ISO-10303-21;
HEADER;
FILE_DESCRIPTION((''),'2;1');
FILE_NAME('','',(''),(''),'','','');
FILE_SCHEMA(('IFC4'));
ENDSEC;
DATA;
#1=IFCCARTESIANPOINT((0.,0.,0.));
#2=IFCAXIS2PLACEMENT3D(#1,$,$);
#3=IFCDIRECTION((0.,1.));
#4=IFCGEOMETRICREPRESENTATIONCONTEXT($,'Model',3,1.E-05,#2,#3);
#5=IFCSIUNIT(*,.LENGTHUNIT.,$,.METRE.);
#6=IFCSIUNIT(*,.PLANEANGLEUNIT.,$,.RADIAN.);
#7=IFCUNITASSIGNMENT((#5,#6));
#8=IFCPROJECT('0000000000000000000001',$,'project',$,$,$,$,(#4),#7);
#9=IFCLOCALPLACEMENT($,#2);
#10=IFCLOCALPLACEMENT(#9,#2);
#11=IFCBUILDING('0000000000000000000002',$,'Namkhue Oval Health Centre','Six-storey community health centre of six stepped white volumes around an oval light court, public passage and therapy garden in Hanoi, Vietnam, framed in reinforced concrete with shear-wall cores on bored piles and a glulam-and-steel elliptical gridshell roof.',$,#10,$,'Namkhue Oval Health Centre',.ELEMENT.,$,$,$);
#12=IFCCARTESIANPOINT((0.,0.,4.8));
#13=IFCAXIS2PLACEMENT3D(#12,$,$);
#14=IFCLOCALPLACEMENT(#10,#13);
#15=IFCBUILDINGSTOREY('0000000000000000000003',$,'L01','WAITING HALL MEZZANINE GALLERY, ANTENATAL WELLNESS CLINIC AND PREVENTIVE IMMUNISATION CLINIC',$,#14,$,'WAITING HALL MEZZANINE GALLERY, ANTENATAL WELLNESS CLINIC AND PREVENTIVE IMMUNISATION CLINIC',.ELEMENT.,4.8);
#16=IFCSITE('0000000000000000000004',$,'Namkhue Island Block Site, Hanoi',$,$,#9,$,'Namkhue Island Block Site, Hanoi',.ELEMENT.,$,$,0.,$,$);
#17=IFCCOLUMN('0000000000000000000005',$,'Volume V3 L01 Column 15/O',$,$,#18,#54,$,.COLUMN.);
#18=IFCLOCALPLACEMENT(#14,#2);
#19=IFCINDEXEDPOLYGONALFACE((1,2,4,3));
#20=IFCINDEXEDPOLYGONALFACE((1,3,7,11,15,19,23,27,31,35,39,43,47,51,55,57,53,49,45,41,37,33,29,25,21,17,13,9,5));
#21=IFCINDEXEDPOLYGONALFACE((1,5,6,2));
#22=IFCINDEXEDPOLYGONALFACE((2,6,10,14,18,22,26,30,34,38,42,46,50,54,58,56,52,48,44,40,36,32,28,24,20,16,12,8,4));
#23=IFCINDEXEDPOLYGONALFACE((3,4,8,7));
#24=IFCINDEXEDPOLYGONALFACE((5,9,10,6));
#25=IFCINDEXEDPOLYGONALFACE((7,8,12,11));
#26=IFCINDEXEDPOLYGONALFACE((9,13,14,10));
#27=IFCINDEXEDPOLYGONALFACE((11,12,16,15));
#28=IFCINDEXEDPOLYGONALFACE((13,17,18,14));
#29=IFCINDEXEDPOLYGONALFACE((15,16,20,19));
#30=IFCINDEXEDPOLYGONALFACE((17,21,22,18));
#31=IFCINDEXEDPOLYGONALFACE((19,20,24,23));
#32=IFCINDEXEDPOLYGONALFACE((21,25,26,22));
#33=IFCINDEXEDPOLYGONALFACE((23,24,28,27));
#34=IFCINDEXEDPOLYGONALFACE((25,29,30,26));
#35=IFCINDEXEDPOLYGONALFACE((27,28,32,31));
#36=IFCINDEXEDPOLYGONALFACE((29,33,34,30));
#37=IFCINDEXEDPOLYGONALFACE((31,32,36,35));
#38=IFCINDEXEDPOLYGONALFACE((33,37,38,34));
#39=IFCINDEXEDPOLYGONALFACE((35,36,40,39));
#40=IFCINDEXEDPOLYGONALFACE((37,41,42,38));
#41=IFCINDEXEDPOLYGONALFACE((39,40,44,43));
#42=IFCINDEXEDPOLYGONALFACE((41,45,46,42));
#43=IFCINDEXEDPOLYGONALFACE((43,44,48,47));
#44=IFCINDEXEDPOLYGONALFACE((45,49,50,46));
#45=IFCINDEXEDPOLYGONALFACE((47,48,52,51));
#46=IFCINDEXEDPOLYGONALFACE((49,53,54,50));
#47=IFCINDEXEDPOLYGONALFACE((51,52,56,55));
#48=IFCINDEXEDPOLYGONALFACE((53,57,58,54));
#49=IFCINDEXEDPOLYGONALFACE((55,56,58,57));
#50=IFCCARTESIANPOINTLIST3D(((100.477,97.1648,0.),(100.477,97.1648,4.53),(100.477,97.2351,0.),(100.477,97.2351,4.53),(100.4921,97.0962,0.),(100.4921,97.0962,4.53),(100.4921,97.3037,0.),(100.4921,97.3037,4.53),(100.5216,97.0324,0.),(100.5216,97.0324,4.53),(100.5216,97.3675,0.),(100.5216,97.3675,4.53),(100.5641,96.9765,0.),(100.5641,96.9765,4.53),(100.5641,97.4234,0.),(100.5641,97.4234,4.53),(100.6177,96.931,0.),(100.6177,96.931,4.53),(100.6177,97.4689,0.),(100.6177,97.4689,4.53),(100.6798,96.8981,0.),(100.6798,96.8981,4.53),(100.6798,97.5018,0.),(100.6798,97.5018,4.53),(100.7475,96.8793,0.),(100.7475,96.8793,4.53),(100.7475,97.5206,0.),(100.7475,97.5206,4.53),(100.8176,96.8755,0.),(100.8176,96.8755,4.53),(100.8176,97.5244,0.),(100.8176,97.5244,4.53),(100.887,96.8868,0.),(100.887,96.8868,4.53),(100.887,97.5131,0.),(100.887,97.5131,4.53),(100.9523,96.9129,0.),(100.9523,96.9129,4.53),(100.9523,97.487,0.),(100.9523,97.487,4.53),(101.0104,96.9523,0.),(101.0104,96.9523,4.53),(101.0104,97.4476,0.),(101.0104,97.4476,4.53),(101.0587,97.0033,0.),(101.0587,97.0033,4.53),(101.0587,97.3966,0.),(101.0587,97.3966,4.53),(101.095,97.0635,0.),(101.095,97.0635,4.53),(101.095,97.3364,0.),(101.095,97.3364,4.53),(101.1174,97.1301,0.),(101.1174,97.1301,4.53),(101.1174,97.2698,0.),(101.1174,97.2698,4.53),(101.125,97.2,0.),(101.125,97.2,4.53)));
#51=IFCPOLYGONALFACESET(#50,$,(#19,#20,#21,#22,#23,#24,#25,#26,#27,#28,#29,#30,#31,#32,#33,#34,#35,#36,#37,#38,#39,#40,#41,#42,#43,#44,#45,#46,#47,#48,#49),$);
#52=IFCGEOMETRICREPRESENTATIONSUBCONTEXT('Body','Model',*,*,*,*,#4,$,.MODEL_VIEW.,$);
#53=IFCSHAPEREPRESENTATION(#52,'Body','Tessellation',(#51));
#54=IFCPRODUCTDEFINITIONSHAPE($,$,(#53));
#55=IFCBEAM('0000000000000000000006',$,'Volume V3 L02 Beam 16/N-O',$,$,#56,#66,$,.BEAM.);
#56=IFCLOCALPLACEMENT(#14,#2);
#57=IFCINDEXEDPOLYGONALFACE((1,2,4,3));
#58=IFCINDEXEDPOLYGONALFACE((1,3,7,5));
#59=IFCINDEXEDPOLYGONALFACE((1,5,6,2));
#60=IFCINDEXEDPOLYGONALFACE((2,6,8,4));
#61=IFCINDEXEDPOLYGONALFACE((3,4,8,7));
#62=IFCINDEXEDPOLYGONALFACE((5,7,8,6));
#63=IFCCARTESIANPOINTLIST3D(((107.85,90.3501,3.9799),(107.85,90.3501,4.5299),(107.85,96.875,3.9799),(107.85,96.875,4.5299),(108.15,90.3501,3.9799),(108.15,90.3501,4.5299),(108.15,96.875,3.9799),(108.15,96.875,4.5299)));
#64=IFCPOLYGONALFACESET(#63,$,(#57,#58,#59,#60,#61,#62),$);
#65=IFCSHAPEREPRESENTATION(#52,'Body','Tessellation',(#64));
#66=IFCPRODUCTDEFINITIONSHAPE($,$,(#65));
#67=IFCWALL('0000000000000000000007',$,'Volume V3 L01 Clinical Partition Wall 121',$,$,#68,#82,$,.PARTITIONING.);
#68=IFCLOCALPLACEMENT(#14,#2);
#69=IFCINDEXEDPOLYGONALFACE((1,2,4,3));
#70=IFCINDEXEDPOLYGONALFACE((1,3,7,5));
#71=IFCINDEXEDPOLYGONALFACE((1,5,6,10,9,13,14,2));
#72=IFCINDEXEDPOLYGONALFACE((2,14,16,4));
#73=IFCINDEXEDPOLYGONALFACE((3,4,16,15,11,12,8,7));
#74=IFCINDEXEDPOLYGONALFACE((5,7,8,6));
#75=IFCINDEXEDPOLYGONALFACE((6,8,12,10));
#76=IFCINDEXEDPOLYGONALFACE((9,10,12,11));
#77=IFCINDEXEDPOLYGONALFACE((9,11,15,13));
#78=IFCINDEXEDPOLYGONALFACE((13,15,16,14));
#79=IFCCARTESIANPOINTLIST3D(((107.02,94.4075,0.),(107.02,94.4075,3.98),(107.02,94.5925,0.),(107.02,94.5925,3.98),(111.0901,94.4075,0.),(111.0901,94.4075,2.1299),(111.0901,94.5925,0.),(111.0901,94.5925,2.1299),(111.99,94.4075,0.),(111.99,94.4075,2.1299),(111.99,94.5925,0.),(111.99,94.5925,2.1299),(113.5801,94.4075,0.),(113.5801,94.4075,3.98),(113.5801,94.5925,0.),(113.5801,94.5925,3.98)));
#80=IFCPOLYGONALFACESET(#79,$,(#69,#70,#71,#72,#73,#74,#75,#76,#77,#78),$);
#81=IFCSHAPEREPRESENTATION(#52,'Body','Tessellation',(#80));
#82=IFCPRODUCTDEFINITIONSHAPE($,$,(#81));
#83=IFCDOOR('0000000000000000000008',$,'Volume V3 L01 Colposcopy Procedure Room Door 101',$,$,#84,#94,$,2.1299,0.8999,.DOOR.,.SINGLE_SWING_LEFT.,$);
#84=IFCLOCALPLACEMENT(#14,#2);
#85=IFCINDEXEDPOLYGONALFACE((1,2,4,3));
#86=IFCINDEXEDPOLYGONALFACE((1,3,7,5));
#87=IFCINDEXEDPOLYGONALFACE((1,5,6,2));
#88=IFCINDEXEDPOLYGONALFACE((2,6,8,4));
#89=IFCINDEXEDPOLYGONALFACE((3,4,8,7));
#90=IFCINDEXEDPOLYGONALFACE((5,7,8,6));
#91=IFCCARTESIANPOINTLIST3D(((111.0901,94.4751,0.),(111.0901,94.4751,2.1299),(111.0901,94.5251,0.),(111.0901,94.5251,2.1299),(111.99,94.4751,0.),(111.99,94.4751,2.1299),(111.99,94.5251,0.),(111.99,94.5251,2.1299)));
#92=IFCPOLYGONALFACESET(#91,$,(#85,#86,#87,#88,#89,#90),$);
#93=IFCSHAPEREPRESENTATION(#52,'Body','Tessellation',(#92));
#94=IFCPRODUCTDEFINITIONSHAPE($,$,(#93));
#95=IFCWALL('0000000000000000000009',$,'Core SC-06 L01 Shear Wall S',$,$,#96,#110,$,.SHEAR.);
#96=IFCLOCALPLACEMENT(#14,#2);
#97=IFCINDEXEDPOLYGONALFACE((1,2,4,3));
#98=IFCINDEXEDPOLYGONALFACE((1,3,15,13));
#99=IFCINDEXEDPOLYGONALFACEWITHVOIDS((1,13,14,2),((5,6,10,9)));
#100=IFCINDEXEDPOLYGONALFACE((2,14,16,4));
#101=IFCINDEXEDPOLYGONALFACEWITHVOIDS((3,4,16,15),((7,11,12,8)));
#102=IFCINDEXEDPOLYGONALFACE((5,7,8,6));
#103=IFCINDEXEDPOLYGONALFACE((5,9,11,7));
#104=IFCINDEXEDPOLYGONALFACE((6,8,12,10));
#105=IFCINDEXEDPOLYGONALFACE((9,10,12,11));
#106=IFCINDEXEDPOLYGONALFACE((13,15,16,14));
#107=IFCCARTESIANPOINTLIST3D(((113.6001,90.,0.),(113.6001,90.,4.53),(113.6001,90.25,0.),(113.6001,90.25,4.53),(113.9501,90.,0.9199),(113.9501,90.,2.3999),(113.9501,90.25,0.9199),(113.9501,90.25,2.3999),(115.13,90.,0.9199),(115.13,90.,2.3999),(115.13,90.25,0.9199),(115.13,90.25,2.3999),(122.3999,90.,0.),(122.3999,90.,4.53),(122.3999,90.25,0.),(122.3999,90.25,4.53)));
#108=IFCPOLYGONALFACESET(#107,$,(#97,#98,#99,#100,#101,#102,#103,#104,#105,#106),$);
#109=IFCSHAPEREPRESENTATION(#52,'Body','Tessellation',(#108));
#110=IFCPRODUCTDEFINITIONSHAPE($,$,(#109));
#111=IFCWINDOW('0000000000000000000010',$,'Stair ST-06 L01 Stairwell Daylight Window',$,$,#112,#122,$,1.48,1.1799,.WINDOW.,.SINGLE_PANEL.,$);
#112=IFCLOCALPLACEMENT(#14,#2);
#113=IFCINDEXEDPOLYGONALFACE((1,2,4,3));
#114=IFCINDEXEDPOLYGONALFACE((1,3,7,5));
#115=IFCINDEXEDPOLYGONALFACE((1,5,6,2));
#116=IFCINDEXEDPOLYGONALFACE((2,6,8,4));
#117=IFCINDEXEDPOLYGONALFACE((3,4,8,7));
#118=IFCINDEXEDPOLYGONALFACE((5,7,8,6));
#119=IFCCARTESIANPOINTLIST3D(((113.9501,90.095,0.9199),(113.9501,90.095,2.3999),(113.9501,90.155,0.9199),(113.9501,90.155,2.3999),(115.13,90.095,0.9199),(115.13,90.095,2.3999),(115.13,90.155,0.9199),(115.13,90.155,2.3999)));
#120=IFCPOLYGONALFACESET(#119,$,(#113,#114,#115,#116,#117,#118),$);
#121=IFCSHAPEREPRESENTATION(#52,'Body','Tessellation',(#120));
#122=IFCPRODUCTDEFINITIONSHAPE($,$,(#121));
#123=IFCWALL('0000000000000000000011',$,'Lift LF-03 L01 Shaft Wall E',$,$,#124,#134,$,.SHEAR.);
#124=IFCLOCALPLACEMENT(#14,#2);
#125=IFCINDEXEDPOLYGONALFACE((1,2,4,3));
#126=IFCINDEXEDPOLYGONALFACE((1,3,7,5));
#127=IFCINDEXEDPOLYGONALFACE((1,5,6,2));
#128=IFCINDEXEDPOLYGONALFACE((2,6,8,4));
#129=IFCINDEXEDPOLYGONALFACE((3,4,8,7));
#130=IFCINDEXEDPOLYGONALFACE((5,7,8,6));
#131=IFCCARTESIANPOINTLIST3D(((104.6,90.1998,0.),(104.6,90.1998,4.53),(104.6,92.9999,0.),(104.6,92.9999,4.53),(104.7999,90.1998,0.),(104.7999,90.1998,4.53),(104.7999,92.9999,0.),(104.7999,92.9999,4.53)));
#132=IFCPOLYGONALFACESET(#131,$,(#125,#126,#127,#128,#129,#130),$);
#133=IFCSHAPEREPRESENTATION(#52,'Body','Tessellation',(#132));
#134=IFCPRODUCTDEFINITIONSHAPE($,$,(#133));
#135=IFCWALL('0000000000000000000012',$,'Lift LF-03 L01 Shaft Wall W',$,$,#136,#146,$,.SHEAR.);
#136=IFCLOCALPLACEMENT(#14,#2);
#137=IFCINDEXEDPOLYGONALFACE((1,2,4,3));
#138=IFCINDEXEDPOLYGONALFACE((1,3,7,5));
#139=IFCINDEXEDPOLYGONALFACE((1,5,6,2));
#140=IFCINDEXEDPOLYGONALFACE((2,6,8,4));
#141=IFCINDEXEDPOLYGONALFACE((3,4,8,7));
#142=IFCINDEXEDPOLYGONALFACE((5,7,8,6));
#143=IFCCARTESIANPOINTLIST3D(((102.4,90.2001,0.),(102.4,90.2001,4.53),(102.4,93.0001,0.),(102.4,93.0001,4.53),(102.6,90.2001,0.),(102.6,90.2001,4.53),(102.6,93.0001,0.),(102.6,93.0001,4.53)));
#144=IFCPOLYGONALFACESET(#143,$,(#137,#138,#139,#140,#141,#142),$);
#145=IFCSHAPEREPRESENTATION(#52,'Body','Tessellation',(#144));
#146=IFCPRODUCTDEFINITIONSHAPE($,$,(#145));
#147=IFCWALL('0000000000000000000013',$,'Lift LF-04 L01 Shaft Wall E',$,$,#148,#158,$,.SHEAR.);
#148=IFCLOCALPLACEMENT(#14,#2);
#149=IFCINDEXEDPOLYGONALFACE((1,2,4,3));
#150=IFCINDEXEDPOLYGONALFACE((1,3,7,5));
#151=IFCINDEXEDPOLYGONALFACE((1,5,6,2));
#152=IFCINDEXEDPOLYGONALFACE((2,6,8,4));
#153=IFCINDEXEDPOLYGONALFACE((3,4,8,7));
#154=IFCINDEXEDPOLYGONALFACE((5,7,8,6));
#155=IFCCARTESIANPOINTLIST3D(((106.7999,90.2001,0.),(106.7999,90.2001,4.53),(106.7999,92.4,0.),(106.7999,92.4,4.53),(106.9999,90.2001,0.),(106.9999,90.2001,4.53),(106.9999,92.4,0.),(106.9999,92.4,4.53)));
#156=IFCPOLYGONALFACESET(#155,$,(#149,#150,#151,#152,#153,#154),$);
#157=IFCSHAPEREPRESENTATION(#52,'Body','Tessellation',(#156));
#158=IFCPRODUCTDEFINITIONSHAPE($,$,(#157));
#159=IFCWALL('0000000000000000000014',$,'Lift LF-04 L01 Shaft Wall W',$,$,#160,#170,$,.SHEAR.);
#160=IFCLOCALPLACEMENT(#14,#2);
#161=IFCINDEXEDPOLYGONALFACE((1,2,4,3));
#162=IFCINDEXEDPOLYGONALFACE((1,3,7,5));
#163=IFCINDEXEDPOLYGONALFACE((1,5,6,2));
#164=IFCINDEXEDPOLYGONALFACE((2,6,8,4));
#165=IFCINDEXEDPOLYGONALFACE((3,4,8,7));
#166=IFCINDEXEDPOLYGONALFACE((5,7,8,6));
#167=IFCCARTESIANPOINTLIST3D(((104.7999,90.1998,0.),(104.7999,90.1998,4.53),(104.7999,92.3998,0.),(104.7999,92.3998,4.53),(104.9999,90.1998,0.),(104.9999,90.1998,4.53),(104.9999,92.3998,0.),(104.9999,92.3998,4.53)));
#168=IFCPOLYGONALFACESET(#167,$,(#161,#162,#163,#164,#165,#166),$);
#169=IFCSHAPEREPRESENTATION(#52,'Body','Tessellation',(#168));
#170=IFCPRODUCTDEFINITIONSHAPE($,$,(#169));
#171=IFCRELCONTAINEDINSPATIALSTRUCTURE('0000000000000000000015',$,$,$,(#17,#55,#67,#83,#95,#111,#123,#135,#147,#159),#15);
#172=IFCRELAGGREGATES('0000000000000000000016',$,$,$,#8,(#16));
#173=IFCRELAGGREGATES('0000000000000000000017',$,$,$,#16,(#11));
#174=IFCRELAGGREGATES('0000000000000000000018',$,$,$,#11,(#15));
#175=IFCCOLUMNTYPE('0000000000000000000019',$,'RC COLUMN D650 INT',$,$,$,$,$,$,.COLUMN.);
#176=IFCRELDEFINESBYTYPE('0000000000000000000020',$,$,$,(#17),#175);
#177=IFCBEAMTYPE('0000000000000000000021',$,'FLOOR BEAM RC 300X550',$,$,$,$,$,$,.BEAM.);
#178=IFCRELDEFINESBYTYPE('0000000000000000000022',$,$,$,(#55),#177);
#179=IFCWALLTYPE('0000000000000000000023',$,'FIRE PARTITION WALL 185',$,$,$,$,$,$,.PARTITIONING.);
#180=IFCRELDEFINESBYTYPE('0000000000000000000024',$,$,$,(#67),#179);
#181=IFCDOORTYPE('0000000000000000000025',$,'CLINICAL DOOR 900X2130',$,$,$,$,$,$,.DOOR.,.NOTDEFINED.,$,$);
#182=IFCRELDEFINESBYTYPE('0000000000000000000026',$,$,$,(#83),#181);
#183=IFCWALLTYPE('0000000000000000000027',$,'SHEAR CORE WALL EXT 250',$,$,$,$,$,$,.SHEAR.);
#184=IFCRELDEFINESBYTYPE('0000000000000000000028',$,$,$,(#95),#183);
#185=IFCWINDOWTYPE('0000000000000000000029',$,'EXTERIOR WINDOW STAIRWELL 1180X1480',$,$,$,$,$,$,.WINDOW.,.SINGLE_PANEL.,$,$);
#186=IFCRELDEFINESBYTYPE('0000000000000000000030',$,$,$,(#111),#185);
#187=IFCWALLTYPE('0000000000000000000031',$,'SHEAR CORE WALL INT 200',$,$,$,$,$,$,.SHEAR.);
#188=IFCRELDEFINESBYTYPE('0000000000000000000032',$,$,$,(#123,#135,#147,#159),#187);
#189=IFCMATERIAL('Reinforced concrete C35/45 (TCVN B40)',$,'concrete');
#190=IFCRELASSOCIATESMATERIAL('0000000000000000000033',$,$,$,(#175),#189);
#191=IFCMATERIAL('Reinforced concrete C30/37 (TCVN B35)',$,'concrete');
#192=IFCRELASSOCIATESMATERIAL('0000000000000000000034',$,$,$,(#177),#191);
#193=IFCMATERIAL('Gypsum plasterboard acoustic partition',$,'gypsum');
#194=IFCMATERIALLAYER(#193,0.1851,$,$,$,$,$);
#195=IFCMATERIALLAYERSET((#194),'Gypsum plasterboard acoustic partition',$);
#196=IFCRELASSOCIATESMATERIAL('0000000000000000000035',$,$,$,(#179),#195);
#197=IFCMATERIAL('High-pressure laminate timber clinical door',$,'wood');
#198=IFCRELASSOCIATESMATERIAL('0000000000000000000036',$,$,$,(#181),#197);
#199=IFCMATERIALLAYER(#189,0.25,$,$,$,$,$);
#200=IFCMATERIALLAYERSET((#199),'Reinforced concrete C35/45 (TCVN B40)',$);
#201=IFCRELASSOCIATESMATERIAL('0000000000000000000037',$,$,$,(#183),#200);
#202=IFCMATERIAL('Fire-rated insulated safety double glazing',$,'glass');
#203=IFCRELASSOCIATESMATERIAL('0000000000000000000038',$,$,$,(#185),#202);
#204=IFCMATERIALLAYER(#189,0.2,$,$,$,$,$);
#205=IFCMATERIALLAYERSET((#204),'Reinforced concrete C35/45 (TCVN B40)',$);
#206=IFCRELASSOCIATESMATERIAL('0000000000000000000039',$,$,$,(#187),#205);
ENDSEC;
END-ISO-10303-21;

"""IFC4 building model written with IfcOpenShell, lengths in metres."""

from ifc_helpers import new_model, si_unit, direction, frame, frame_2d, origin, origin_2d, place, context, subcontext, project, spatial, rectangle, circle, extrude, material, layer, layer_set, material_profile, profile_set, type_object, element, fill, save


model = new_model("IFC4")

# Units and contexts
model_context = context("Model", 3, precision=1e-05, world=origin(), true_north=direction((0.0, 1.0)))
body_context = subcontext(model_context, "Body", "Model", "MODEL_VIEW")
ifc_project = project(units=[si_unit("LENGTHUNIT", "METRE"), si_unit("PLANEANGLEUNIT", "RADIAN")], contexts=[model_context])

# Site, building, storey
site_placement = place(None, origin())
site = spatial("IfcSite", under=ifc_project, at=site_placement, Name="Namkhue Island Block Site, Hanoi", LongName="Namkhue Island Block Site, Hanoi", CompositionType="ELEMENT", RefElevation=0.0)
building_placement = place(site_placement, origin())
building = spatial("IfcBuilding", under=site, at=building_placement, Name="Namkhue Oval Health Centre", Description="Six-storey community health centre of six stepped white volumes around an oval light court, public passage and therapy garden in Hanoi, Vietnam, framed in reinforced concrete with shear-wall cores on bored piles and a glulam-and-steel elliptical gridshell roof.", LongName="Namkhue Oval Health Centre", CompositionType="ELEMENT")
storey_placement = place(building_placement, frame((0.0, 0.0, 4.8)))
storey = spatial("IfcBuildingStorey", under=building, at=storey_placement, Name="L01", Description="WAITING HALL MEZZANINE GALLERY, ANTENATAL WELLNESS CLINIC AND PREVENTIVE IMMUNISATION CLINIC", LongName="WAITING HALL MEZZANINE GALLERY, ANTENATAL WELLNESS CLINIC AND PREVENTIVE IMMUNISATION CLINIC", CompositionType="ELEMENT", Elevation=4.8)

# Column
ifc_material_1 = material(Name="Reinforced concrete C35/45 (TCVN B40)", Category="concrete")
ifc_material_profile_1 = material_profile(ifc_material_1, circle(Radius=0.325, at=origin_2d()), Name="RC D650")
ifc_profile_set_1 = profile_set([ifc_material_profile_1], Name="Reinforced concrete C35/45 (TCVN B40)")
column_type = type_object("IfcColumnType", Name="RC COLUMN D650 INT", PredefinedType="COLUMN", material=ifc_profile_set_1)
column_placement = place(storey_placement, frame((100.8, 97.2, 0.0), z_axis=(0.0, 0.0, 1.0), x_axis=(1.0, 0.0, 0.0)))
element("IfcColumn", 1, at=column_placement, inside=storey, type_object=column_type, Name="Volume V3 L01 Column 15/O", PredefinedType="COLUMN", context=body_context, shape_type="SweptSolid", body=[
    extrude(circle(Radius=0.325, at=origin_2d()), origin(), (0.0, 0.0, 1.0), 4.53),
])

# Beam
ifc_material_2 = material(Name="Reinforced concrete C30/37 (TCVN B35)", Category="concrete")
ifc_material_profile_2 = material_profile(ifc_material_2, rectangle(XDim=0.3, YDim=0.55, at=origin_2d()), Name="RC 300x550")
ifc_profile_set_2 = profile_set([ifc_material_profile_2], Name="Reinforced concrete C30/37 (TCVN B35)")
beam_type = type_object("IfcBeamType", Name="FLOOR BEAM RC 300X550", PredefinedType="BEAM", material=ifc_profile_set_2)
beam_placement = place(storey_placement, frame((108.0, 90.3501, 4.2549), z_axis=(0.0, 1.0, 0.0), x_axis=(-1.0, 0.0, 0.0)))
element("IfcBeam", 2, at=beam_placement, inside=storey, type_object=beam_type, Name="Volume V3 L02 Beam 16/N-O", PredefinedType="BEAM", context=body_context, shape_type="SweptSolid", body=[
    extrude(rectangle(XDim=0.3, YDim=0.55, at=origin_2d()), origin(), (0.0, 0.0, 1.0), 6.5249),
])

# Wall, opening, door
ifc_material_3 = material(Name="Gypsum plasterboard acoustic partition", Category="gypsum")
ifc_layer_1 = layer(ifc_material_3, 0.1851)
ifc_layer_set_1 = layer_set([ifc_layer_1], Name="Gypsum plasterboard acoustic partition")
wall_type_1 = type_object("IfcWallType", Name="FIRE PARTITION WALL 185", PredefinedType="PARTITIONING", material=ifc_layer_set_1)
wall_1_placement = place(storey_placement, frame((107.02, 94.5, 0.0), z_axis=(0.0, 0.0, 1.0), x_axis=(1.0, 0.0, 0.0)))
wall_1 = element("IfcWall", 3, at=wall_1_placement, inside=storey, type_object=wall_type_1, Name="Volume V3 L01 Clinical Partition Wall 121", PredefinedType="PARTITIONING", context=body_context, shape_type="SweptSolid", body=[
    extrude(rectangle(XDim=6.5601, YDim=0.1851, at=frame_2d((3.28, 0.0))), origin(), (0.0, 0.0, 1.0), 3.98),
])
opening_1_placement = place(wall_1_placement, frame((4.0701, 0.0, 0.0)))
opening_1 = element("IfcOpeningElement", 4, at=opening_1_placement, cuts=wall_1, PredefinedType="OPENING", context=body_context, shape_type="SweptSolid", body=[
    extrude(rectangle(XDim=0.8999, YDim=2.1299, at=frame_2d((0.45, 1.0649))), frame((0.0, 0.1025, 0.0), z_axis=(0.0, -1.0, 0.0), x_axis=(1.0, 0.0, 0.0)), (0.0, 0.0, 1.0), 0.2051),
])
ifc_material_4 = material(Name="High-pressure laminate timber clinical door", Category="wood")
door_type_1 = type_object("IfcDoorType", Name="CLINICAL DOOR 900X2130", OperationType="NOTDEFINED", PredefinedType="DOOR", material=ifc_material_4)
door_1_placement = place(opening_1_placement, frame((0.8999, 0.0, 0.0), z_axis=(0.0, 0.0, 1.0), x_axis=(-1.0, 0.0, 0.0)))
door_1 = element("IfcDoor", 5, at=door_1_placement, inside=storey, type_object=door_type_1, Name="Volume V3 L01 Colposcopy Procedure Room Door 101", OperationType="SINGLE_SWING_LEFT", OverallHeight=2.1299, OverallWidth=0.8999, PredefinedType="DOOR", context=body_context, shape_type="SweptSolid", body=[
    extrude(rectangle(XDim=0.8999, YDim=2.1299, at=frame_2d((0.45, 1.0649))), frame((0.0, 0.0249, 0.0), z_axis=(0.0, -1.0, 0.0), x_axis=(1.0, 0.0, 0.0)), (0.0, 0.0, 1.0), 0.05),
])
fill(opening_1, door_1)

# Wall, opening, window
ifc_layer_2 = layer(ifc_material_1, 0.25)
ifc_layer_set_2 = layer_set([ifc_layer_2], Name="Reinforced concrete C35/45 (TCVN B40)")
wall_type_2 = type_object("IfcWallType", Name="SHEAR CORE WALL EXT 250", PredefinedType="SHEAR", material=ifc_layer_set_2)
wall_2_placement = place(storey_placement, frame((113.6001, 90.125, 0.0), z_axis=(0.0, 0.0, 1.0), x_axis=(1.0, 0.0, 0.0)))
wall_2 = element("IfcWall", 6, at=wall_2_placement, inside=storey, type_object=wall_type_2, Name="Core SC-06 L01 Shear Wall S", PredefinedType="SHEAR", context=body_context, shape_type="SweptSolid", body=[
    extrude(rectangle(XDim=8.7998, YDim=0.25, at=frame_2d((4.3999, 0.0))), origin(), (0.0, 0.0, 1.0), 4.53),
])
opening_2_placement = place(wall_2_placement, frame((0.3501, 0.0, 0.9199)))
opening_2 = element("IfcOpeningElement", 7, at=opening_2_placement, cuts=wall_2, PredefinedType="OPENING", context=body_context, shape_type="SweptSolid", body=[
    extrude(rectangle(XDim=1.1799, YDim=1.48, at=frame_2d((0.5898, 0.74))), frame((0.0, 0.135, 0.0), z_axis=(0.0, -1.0, 0.0), x_axis=(1.0, 0.0, 0.0)), (0.0, 0.0, 1.0), 0.27),
])
ifc_material_5 = material(Name="Fire-rated insulated safety double glazing", Category="glass")
window_type = type_object("IfcWindowType", Name="EXTERIOR WINDOW STAIRWELL 1180X1480", PartitioningType="SINGLE_PANEL", PredefinedType="WINDOW", material=ifc_material_5)
window_placement = place(opening_2_placement, origin())
window = element("IfcWindow", 8, at=window_placement, inside=storey, type_object=window_type, Name="Stair ST-06 L01 Stairwell Daylight Window", OverallHeight=1.48, OverallWidth=1.1799, PartitioningType="SINGLE_PANEL", PredefinedType="WINDOW", context=body_context, shape_type="SweptSolid", body=[
    extrude(rectangle(XDim=1.1799, YDim=1.48, at=frame_2d((0.5898, 0.74))), frame((0.0, 0.03, 0.0), z_axis=(0.0, -1.0, 0.0), x_axis=(1.0, 0.0, 0.0)), (0.0, 0.0, 1.0), 0.0601),
])
fill(opening_2, window)

# Wall
ifc_layer_3 = layer(ifc_material_1, 0.2)
ifc_layer_set_3 = layer_set([ifc_layer_3], Name="Reinforced concrete C35/45 (TCVN B40)")
wall_type_3 = type_object("IfcWallType", Name="SHEAR CORE WALL INT 200", PredefinedType="SHEAR", material=ifc_layer_set_3)
wall_3_placement = place(storey_placement, frame((104.7, 90.2, 0.0), z_axis=(0.0, 0.0, 1.0), x_axis=(0.0, 1.0, 0.0)))
element("IfcWall", 9, at=wall_3_placement, inside=storey, type_object=wall_type_3, Name="Lift LF-03 L01 Shaft Wall E", PredefinedType="SHEAR", context=body_context, shape_type="SweptSolid", body=[
    extrude(rectangle(XDim=2.8, YDim=0.2, at=frame_2d((1.3999, 0.0))), origin(), (0.0, 0.0, 1.0), 4.53),
])

# Walls
wall_4_placement = place(storey_placement, frame((102.5, 93.0, 0.0), z_axis=(0.0, 0.0, 1.0), x_axis=(0.0, -1.0, 0.0)))
element("IfcWall", 10, at=wall_4_placement, inside=storey, type_object=wall_type_3, Name="Lift LF-03 L01 Shaft Wall W", PredefinedType="SHEAR", context=body_context, shape_type="SweptSolid", body=[
    extrude(rectangle(XDim=2.8, YDim=0.2, at=frame_2d((1.3999, 0.0))), origin(), (0.0, 0.0, 1.0), 4.53),
])
wall_5_placement = place(storey_placement, frame((106.8999, 90.2, 0.0), z_axis=(0.0, 0.0, 1.0), x_axis=(0.0, 1.0, 0.0)))
element("IfcWall", 11, at=wall_5_placement, inside=storey, type_object=wall_type_3, Name="Lift LF-04 L01 Shaft Wall E", PredefinedType="SHEAR", context=body_context, shape_type="SweptSolid", body=[
    extrude(rectangle(XDim=2.2, YDim=0.2, at=frame_2d((1.1001, 0.0))), origin(), (0.0, 0.0, 1.0), 4.53),
])

# Wall
wall_6_placement = place(storey_placement, frame((104.8999, 92.3999, 0.0), z_axis=(0.0, 0.0, 1.0), x_axis=(0.0, -1.0, 0.0)))
element("IfcWall", 12, at=wall_6_placement, inside=storey, type_object=wall_type_3, Name="Lift LF-04 L01 Shaft Wall W", PredefinedType="SHEAR", context=body_context, shape_type="SweptSolid", body=[
    extrude(rectangle(XDim=2.2, YDim=0.2, at=frame_2d((1.1001, 0.0))), origin(), (0.0, 0.0, 1.0), 4.53),
])

save(model, "model.ifc")
